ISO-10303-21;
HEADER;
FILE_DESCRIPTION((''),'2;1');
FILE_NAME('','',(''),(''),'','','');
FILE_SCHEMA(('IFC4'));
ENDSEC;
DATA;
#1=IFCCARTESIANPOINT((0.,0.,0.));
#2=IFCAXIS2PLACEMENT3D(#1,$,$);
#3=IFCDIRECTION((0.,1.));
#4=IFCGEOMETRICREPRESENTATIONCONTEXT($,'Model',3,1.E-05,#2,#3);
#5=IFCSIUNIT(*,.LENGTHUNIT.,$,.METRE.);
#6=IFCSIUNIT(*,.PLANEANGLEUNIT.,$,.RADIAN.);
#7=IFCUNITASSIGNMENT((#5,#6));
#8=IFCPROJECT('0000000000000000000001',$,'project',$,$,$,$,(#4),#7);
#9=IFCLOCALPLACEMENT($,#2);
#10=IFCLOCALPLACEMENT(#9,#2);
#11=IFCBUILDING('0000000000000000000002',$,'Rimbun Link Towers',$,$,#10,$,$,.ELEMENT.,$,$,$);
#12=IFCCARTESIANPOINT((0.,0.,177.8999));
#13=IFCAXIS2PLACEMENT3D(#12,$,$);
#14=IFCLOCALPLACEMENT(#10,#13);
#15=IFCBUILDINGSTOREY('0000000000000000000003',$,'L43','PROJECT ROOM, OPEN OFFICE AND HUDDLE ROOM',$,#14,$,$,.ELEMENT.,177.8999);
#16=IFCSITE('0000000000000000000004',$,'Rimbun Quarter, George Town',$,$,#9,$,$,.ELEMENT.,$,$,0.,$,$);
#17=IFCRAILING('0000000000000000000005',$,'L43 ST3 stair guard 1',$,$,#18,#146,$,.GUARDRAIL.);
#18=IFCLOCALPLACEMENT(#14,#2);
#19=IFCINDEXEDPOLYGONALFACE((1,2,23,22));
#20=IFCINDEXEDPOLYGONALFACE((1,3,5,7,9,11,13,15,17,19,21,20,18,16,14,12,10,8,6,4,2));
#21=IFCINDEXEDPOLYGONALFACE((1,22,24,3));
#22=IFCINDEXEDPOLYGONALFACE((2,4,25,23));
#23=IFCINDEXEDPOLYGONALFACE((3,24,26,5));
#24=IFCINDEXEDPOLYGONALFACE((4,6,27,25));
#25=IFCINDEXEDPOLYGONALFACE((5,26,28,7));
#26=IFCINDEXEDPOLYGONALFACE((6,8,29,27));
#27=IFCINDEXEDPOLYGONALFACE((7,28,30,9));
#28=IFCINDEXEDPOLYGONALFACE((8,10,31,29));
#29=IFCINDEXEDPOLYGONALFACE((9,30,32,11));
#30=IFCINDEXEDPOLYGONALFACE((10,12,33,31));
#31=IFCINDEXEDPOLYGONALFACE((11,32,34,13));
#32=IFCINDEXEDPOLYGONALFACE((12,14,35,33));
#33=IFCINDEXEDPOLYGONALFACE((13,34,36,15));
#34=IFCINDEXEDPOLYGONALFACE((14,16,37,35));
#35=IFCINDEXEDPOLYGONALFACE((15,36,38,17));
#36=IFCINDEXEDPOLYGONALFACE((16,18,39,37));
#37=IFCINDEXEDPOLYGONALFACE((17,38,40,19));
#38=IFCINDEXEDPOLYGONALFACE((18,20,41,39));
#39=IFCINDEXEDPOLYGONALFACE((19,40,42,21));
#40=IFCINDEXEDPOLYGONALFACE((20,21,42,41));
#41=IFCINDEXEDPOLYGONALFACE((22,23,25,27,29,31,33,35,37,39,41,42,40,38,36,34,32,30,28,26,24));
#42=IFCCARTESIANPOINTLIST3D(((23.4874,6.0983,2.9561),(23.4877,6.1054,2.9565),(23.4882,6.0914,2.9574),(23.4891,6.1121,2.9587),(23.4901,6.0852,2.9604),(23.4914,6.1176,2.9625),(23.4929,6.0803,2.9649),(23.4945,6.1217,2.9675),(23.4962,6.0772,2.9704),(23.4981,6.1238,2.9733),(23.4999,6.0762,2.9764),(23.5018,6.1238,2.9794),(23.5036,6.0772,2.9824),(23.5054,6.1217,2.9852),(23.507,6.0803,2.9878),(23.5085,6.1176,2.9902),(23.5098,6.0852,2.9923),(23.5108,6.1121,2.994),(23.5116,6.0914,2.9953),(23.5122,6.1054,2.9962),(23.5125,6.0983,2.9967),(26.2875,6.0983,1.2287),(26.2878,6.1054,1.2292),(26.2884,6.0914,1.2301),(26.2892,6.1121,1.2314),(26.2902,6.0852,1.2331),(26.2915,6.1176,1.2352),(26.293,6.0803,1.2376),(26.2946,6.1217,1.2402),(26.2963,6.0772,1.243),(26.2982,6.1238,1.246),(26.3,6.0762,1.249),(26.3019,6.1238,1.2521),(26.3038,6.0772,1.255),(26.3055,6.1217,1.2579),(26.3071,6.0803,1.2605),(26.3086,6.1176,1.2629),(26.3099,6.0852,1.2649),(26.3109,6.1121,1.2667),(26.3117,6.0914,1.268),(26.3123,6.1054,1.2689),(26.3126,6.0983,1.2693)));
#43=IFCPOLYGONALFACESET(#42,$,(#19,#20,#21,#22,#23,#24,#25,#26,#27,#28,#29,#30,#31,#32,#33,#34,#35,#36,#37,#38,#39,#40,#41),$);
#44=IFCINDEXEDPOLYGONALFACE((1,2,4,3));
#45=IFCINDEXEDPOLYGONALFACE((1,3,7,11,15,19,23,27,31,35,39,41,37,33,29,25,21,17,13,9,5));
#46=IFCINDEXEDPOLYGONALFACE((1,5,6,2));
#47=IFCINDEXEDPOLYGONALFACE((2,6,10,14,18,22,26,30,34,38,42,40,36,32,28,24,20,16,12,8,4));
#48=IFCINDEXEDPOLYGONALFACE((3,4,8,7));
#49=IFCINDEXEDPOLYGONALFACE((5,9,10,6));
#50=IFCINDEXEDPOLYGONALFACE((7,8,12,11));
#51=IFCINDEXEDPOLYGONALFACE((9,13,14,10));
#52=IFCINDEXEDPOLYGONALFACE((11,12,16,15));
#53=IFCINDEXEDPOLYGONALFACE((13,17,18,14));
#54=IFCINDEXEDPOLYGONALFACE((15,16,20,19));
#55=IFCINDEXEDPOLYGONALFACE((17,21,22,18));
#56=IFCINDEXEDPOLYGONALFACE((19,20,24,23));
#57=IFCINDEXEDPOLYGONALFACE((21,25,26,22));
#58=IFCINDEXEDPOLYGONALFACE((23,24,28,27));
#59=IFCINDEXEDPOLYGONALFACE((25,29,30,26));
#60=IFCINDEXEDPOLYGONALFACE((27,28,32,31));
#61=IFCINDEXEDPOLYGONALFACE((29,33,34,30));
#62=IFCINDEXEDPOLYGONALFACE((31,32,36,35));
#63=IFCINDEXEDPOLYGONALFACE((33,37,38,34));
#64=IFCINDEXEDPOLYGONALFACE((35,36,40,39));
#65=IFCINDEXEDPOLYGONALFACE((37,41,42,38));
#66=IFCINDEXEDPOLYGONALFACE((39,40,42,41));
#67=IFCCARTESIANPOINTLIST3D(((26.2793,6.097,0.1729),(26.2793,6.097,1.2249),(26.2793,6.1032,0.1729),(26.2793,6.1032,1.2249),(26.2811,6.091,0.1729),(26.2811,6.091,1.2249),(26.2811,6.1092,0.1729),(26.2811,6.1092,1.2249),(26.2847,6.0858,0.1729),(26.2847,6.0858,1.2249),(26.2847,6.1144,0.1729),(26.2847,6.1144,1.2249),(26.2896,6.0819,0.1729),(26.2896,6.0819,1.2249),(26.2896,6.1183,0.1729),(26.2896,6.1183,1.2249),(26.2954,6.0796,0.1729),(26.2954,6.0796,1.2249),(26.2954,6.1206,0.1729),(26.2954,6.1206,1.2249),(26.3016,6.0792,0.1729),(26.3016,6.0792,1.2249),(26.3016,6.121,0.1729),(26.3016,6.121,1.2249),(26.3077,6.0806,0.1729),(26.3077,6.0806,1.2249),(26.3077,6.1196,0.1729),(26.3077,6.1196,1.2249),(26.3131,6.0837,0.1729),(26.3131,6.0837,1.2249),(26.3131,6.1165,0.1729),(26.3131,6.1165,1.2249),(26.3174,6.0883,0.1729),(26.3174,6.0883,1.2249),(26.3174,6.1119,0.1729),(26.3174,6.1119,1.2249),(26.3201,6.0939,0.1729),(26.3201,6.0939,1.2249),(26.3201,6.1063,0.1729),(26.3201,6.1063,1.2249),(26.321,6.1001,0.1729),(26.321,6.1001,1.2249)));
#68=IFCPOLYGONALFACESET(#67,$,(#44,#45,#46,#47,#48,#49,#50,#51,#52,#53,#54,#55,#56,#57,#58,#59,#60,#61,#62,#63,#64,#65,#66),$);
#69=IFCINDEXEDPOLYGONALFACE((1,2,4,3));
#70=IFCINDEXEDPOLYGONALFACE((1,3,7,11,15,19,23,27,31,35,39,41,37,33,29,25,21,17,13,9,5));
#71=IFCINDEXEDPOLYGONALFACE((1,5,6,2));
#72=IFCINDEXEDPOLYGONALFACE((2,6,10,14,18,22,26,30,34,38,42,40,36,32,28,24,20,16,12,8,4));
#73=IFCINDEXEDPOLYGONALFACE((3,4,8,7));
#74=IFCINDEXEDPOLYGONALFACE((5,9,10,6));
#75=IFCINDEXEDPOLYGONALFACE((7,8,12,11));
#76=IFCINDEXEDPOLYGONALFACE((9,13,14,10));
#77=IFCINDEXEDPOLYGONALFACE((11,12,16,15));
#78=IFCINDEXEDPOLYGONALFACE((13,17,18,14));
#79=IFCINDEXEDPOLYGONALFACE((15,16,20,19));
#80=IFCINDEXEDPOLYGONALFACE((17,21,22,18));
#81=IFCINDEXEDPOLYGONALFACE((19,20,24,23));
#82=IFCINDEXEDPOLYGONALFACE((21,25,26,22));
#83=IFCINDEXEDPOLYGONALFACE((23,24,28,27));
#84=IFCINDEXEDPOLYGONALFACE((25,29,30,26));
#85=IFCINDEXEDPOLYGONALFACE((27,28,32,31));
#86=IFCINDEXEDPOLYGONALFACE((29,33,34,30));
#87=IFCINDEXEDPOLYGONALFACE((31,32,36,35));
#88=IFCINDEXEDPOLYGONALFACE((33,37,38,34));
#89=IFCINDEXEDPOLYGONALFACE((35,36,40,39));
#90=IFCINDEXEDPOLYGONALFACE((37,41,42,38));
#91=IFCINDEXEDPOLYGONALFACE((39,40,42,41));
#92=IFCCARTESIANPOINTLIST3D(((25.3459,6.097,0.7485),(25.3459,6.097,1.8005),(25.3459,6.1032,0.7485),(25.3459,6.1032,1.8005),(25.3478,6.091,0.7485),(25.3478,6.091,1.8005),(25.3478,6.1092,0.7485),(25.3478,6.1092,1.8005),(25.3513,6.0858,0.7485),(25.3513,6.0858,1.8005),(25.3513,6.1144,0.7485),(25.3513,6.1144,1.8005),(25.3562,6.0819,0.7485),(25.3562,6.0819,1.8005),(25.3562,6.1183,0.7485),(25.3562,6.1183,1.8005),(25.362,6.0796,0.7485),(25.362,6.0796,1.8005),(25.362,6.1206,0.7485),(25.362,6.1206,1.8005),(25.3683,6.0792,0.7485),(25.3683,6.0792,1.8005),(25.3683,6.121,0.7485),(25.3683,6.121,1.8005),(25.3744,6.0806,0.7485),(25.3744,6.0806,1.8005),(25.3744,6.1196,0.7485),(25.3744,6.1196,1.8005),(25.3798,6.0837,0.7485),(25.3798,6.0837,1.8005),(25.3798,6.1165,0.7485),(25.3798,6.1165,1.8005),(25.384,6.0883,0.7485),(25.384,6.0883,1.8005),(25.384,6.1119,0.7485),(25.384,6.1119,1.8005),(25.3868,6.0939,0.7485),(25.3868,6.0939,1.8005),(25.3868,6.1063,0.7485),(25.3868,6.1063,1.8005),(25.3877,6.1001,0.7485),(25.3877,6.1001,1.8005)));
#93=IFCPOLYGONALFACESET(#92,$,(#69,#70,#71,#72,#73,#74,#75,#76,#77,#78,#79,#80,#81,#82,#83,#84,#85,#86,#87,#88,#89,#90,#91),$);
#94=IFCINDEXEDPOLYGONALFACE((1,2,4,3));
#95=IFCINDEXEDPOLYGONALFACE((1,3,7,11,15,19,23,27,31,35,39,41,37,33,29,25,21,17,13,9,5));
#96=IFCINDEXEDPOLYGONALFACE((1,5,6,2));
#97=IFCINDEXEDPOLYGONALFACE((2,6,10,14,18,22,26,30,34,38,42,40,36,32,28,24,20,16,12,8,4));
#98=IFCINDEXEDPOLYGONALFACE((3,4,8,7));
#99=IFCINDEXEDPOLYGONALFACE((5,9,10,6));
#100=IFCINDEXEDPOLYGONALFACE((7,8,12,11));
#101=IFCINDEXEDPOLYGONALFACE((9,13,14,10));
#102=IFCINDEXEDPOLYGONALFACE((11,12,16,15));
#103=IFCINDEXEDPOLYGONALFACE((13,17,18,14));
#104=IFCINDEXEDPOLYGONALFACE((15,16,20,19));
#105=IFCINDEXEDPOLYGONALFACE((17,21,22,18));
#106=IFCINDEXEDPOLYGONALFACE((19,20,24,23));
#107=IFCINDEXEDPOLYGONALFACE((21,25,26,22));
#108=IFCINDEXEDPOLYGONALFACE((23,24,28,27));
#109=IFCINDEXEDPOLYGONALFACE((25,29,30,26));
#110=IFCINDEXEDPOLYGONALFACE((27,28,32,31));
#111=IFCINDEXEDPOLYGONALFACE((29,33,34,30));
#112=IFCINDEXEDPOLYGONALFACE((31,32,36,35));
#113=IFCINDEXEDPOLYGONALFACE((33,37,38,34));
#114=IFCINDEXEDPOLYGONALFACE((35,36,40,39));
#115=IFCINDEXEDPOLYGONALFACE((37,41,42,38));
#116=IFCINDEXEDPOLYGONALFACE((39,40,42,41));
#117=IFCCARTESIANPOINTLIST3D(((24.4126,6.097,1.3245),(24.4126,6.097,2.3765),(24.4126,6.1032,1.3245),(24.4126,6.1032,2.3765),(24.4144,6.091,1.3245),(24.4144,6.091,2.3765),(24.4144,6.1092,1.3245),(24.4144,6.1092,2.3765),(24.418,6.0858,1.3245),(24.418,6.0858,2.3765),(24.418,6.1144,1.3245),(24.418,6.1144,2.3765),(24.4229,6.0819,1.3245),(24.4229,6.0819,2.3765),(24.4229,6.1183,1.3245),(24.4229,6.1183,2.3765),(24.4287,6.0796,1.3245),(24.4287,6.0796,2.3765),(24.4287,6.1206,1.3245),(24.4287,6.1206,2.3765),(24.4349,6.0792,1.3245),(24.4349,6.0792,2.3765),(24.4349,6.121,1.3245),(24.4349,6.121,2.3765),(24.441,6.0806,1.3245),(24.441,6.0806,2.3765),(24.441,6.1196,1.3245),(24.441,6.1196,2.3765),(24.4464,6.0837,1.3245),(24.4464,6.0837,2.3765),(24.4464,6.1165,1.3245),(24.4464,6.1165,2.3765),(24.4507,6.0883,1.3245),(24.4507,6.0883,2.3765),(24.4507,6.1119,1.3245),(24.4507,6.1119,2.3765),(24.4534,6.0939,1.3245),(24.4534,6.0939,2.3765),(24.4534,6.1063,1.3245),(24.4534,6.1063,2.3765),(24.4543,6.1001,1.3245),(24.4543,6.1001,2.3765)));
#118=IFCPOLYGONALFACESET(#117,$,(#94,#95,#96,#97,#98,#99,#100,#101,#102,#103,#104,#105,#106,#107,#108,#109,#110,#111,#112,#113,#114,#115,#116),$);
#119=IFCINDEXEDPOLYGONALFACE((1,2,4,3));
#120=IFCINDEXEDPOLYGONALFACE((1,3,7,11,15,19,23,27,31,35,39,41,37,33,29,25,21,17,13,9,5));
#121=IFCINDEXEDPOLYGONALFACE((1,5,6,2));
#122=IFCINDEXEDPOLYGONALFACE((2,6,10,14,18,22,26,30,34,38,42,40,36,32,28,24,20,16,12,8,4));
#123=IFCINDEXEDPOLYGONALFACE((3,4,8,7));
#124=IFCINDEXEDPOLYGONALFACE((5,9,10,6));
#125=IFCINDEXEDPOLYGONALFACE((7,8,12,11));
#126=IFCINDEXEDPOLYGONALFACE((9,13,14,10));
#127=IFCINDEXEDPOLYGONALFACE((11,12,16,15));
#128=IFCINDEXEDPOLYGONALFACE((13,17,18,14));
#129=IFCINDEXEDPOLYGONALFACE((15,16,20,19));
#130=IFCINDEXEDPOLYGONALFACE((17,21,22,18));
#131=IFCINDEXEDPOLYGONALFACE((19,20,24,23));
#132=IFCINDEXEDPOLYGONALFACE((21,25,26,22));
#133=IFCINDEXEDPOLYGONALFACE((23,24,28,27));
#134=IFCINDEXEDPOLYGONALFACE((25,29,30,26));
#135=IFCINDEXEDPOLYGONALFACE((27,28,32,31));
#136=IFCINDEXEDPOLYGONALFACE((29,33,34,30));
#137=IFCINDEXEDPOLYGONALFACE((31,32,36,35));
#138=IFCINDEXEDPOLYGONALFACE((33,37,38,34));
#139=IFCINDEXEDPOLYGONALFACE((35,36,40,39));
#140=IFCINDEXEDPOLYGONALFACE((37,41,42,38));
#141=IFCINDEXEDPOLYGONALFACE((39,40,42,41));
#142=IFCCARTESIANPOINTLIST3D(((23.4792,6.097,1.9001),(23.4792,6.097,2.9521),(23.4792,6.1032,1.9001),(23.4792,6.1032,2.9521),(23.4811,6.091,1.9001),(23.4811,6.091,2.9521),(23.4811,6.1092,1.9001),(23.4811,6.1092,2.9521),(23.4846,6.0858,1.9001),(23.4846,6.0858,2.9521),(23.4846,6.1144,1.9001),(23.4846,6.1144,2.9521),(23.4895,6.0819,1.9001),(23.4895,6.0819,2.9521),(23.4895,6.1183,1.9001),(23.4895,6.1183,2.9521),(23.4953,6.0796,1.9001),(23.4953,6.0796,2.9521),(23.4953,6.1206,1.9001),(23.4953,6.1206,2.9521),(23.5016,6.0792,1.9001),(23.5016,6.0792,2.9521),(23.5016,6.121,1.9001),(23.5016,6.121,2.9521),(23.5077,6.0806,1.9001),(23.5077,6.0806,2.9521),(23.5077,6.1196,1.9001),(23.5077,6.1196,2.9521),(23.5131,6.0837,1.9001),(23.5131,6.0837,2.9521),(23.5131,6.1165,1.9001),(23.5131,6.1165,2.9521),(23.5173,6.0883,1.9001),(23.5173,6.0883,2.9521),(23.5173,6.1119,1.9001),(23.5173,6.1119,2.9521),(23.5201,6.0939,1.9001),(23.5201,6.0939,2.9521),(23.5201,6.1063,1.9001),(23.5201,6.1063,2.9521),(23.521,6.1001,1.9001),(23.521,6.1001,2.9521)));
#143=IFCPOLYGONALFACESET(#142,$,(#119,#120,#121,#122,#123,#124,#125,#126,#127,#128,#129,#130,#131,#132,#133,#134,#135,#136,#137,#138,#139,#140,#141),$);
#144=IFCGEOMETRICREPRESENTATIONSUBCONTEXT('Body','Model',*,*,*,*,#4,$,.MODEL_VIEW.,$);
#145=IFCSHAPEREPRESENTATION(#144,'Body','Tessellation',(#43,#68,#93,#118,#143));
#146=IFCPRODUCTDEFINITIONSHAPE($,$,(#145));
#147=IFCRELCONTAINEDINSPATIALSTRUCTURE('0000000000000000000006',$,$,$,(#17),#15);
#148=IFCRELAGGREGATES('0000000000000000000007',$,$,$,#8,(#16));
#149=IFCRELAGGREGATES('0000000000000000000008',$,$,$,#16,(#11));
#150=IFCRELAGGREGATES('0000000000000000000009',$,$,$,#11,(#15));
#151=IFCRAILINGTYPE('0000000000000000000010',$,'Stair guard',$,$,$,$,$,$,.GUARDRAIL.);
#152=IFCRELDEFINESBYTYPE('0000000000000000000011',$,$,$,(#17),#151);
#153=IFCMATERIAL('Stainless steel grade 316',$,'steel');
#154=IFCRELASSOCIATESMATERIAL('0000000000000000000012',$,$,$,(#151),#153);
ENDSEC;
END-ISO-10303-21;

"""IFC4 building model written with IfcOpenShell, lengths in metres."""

from ifc_helpers import new_model, si_unit, direction, frame, origin, origin_2d, place, context, subcontext, project, spatial, circle, extrude, material, type_object, element, save


model = new_model("IFC4")

# Units and contexts
model_context = context("Model", 3, precision=1e-05, world=origin(), true_north=direction((0.0, 1.0)))
body_context = subcontext(model_context, "Body", "Model", "MODEL_VIEW")
ifc_project = project(units=[si_unit("LENGTHUNIT", "METRE"), si_unit("PLANEANGLEUNIT", "RADIAN")], contexts=[model_context])

# Site, building, storey
site_placement = place(None, origin())
site = spatial("IfcSite", under=ifc_project, at=site_placement, Name="Rimbun Quarter, George Town", CompositionType="ELEMENT", RefElevation=0.0)
building_placement = place(site_placement, origin())
building = spatial("IfcBuilding", under=site, at=building_placement, Name="Rimbun Link Towers", CompositionType="ELEMENT")
storey_placement = place(building_placement, frame((0.0, 0.0, 177.8999)))
storey = spatial("IfcBuildingStorey", under=building, at=storey_placement, Name="L43", Description="PROJECT ROOM, OPEN OFFICE AND HUDDLE ROOM", CompositionType="ELEMENT", Elevation=177.8999)

# Railing
ifc_material_1 = material(Name="Stainless steel grade 316", Category="steel")
railing_type_1 = type_object("IfcRailingType", Name="Stair guard", PredefinedType="GUARDRAIL", material=ifc_material_1)
railing_1_placement = place(storey_placement, frame((26.3, 6.1001, 0.1729)))
element("IfcRailing", 1, at=railing_1_placement, inside=storey, type_object=railing_type_1, Name="L43 ST3 stair guard 1", PredefinedType="GUARDRAIL", context=body_context, shape_type="SweptSolid", body=[
    extrude(circle(Radius=0.0239, at=origin_2d()), frame((0.0, 0.0, 1.0762), z_axis=(-0.85109, 0.0, 0.52502), x_axis=(0.0, -1.0, 0.0)), (0.0, 0.0, 1.0), 3.29),
    extrude(circle(Radius=0.021, at=origin_2d()), origin(), (0.0, 0.0, 1.0), 1.052),
    extrude(circle(Radius=0.021, at=origin_2d()), frame((-0.9333, 0.0, 0.5757)), (0.0, 0.0, 1.0), 1.052),
    extrude(circle(Radius=0.021, at=origin_2d()), frame((-1.8667, 0.0, 1.1516)), (0.0, 0.0, 1.0), 1.052),
    extrude(circle(Radius=0.021, at=origin_2d()), frame((-2.8, 0.0, 1.7273)), (0.0, 0.0, 1.0), 1.052),
])

save(model, "model.ifc")
